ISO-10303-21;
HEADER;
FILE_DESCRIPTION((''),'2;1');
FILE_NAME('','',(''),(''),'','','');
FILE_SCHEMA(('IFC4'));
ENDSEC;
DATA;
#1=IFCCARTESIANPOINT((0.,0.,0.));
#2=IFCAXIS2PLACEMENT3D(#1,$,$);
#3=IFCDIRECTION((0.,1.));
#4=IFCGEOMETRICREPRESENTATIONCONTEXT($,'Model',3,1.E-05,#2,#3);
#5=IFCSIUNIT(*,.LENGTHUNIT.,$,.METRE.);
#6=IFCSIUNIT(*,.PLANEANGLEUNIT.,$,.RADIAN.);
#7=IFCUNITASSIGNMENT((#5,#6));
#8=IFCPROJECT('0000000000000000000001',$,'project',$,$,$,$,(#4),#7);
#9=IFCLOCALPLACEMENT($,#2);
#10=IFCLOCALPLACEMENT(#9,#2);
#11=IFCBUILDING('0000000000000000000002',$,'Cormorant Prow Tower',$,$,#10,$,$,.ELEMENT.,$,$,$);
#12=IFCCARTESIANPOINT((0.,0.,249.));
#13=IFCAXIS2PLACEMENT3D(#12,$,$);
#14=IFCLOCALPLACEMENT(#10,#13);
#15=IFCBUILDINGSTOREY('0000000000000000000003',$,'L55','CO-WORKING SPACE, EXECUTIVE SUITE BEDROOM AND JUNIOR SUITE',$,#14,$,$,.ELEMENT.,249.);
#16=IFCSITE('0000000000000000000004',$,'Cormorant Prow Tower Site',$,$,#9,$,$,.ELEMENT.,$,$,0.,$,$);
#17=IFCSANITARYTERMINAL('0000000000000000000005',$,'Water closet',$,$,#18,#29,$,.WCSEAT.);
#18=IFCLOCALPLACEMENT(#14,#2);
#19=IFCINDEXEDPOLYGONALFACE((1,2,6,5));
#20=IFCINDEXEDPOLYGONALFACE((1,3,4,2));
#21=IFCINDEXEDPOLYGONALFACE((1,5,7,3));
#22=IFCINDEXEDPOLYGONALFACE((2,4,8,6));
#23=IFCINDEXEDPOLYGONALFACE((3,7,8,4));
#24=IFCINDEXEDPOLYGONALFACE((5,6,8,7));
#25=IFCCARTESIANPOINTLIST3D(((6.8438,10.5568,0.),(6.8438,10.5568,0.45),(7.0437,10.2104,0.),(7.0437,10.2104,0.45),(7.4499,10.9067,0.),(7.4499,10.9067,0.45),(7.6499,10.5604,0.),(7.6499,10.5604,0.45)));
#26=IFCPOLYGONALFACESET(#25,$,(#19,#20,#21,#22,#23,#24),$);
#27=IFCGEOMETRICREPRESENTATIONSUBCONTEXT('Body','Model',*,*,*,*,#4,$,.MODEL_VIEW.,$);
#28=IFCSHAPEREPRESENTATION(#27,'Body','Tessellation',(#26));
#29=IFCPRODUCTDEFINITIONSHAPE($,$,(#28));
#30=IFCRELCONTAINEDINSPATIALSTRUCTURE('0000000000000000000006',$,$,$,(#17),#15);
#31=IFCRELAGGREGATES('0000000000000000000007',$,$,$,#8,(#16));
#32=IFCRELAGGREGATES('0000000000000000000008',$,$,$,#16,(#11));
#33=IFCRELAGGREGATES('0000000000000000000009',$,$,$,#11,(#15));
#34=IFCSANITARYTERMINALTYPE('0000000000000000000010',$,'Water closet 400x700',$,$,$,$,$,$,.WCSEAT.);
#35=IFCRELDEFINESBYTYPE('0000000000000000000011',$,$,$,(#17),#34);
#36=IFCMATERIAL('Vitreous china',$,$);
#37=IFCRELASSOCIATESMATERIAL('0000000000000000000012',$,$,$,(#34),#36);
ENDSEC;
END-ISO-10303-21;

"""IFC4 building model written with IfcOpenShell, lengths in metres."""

from ifc_helpers import new_model, si_unit, direction, frame, origin, origin_2d, place, context, subcontext, project, spatial, rectangle, extrude, material, type_object, element, save


model = new_model("IFC4")

# Units and contexts
model_context = context("Model", 3, precision=1e-05, world=origin(), true_north=direction((0.0, 1.0)))
body_context = subcontext(model_context, "Body", "Model", "MODEL_VIEW")
ifc_project = project(units=[si_unit("LENGTHUNIT", "METRE"), si_unit("PLANEANGLEUNIT", "RADIAN")], contexts=[model_context])

# Site, building, storey
site_placement = place(None, origin())
site = spatial("IfcSite", under=ifc_project, at=site_placement, Name="Cormorant Prow Tower Site", CompositionType="ELEMENT", RefElevation=0.0)
building_placement = place(site_placement, origin())
building = spatial("IfcBuilding", under=site, at=building_placement, Name="Cormorant Prow Tower", CompositionType="ELEMENT")
storey_placement = place(building_placement, frame((0.0, 0.0, 249.0)))
storey = spatial("IfcBuildingStorey", under=building, at=storey_placement, Name="L55", Description="CO-WORKING SPACE, EXECUTIVE SUITE BEDROOM AND JUNIOR SUITE", CompositionType="ELEMENT", Elevation=249.0)

# Sanitary terminal
ifc_material_1 = material(Name="Vitreous china")
sanitary_terminal_type_1 = type_object("IfcSanitaryTerminalType", Name="Water closet 400x700", PredefinedType="WCSEAT", material=ifc_material_1)
sanitary_terminal_1_placement = place(storey_placement, frame((7.2468, 10.5586, 0.0), z_axis=(0.0, 0.0, 1.0), x_axis=(-0.5, 0.866025, 0.0)))
element("IfcSanitaryTerminal", 1, at=sanitary_terminal_1_placement, inside=storey, type_object=sanitary_terminal_type_1, Name="Water closet", PredefinedType="WCSEAT", context=body_context, shape_type="SweptSolid", body=[
    extrude(rectangle(XDim=0.3999, YDim=0.7, at=origin_2d()), origin(), (0.0, 0.0, 1.0), 0.45),
])

save(model, "model.ifc")
